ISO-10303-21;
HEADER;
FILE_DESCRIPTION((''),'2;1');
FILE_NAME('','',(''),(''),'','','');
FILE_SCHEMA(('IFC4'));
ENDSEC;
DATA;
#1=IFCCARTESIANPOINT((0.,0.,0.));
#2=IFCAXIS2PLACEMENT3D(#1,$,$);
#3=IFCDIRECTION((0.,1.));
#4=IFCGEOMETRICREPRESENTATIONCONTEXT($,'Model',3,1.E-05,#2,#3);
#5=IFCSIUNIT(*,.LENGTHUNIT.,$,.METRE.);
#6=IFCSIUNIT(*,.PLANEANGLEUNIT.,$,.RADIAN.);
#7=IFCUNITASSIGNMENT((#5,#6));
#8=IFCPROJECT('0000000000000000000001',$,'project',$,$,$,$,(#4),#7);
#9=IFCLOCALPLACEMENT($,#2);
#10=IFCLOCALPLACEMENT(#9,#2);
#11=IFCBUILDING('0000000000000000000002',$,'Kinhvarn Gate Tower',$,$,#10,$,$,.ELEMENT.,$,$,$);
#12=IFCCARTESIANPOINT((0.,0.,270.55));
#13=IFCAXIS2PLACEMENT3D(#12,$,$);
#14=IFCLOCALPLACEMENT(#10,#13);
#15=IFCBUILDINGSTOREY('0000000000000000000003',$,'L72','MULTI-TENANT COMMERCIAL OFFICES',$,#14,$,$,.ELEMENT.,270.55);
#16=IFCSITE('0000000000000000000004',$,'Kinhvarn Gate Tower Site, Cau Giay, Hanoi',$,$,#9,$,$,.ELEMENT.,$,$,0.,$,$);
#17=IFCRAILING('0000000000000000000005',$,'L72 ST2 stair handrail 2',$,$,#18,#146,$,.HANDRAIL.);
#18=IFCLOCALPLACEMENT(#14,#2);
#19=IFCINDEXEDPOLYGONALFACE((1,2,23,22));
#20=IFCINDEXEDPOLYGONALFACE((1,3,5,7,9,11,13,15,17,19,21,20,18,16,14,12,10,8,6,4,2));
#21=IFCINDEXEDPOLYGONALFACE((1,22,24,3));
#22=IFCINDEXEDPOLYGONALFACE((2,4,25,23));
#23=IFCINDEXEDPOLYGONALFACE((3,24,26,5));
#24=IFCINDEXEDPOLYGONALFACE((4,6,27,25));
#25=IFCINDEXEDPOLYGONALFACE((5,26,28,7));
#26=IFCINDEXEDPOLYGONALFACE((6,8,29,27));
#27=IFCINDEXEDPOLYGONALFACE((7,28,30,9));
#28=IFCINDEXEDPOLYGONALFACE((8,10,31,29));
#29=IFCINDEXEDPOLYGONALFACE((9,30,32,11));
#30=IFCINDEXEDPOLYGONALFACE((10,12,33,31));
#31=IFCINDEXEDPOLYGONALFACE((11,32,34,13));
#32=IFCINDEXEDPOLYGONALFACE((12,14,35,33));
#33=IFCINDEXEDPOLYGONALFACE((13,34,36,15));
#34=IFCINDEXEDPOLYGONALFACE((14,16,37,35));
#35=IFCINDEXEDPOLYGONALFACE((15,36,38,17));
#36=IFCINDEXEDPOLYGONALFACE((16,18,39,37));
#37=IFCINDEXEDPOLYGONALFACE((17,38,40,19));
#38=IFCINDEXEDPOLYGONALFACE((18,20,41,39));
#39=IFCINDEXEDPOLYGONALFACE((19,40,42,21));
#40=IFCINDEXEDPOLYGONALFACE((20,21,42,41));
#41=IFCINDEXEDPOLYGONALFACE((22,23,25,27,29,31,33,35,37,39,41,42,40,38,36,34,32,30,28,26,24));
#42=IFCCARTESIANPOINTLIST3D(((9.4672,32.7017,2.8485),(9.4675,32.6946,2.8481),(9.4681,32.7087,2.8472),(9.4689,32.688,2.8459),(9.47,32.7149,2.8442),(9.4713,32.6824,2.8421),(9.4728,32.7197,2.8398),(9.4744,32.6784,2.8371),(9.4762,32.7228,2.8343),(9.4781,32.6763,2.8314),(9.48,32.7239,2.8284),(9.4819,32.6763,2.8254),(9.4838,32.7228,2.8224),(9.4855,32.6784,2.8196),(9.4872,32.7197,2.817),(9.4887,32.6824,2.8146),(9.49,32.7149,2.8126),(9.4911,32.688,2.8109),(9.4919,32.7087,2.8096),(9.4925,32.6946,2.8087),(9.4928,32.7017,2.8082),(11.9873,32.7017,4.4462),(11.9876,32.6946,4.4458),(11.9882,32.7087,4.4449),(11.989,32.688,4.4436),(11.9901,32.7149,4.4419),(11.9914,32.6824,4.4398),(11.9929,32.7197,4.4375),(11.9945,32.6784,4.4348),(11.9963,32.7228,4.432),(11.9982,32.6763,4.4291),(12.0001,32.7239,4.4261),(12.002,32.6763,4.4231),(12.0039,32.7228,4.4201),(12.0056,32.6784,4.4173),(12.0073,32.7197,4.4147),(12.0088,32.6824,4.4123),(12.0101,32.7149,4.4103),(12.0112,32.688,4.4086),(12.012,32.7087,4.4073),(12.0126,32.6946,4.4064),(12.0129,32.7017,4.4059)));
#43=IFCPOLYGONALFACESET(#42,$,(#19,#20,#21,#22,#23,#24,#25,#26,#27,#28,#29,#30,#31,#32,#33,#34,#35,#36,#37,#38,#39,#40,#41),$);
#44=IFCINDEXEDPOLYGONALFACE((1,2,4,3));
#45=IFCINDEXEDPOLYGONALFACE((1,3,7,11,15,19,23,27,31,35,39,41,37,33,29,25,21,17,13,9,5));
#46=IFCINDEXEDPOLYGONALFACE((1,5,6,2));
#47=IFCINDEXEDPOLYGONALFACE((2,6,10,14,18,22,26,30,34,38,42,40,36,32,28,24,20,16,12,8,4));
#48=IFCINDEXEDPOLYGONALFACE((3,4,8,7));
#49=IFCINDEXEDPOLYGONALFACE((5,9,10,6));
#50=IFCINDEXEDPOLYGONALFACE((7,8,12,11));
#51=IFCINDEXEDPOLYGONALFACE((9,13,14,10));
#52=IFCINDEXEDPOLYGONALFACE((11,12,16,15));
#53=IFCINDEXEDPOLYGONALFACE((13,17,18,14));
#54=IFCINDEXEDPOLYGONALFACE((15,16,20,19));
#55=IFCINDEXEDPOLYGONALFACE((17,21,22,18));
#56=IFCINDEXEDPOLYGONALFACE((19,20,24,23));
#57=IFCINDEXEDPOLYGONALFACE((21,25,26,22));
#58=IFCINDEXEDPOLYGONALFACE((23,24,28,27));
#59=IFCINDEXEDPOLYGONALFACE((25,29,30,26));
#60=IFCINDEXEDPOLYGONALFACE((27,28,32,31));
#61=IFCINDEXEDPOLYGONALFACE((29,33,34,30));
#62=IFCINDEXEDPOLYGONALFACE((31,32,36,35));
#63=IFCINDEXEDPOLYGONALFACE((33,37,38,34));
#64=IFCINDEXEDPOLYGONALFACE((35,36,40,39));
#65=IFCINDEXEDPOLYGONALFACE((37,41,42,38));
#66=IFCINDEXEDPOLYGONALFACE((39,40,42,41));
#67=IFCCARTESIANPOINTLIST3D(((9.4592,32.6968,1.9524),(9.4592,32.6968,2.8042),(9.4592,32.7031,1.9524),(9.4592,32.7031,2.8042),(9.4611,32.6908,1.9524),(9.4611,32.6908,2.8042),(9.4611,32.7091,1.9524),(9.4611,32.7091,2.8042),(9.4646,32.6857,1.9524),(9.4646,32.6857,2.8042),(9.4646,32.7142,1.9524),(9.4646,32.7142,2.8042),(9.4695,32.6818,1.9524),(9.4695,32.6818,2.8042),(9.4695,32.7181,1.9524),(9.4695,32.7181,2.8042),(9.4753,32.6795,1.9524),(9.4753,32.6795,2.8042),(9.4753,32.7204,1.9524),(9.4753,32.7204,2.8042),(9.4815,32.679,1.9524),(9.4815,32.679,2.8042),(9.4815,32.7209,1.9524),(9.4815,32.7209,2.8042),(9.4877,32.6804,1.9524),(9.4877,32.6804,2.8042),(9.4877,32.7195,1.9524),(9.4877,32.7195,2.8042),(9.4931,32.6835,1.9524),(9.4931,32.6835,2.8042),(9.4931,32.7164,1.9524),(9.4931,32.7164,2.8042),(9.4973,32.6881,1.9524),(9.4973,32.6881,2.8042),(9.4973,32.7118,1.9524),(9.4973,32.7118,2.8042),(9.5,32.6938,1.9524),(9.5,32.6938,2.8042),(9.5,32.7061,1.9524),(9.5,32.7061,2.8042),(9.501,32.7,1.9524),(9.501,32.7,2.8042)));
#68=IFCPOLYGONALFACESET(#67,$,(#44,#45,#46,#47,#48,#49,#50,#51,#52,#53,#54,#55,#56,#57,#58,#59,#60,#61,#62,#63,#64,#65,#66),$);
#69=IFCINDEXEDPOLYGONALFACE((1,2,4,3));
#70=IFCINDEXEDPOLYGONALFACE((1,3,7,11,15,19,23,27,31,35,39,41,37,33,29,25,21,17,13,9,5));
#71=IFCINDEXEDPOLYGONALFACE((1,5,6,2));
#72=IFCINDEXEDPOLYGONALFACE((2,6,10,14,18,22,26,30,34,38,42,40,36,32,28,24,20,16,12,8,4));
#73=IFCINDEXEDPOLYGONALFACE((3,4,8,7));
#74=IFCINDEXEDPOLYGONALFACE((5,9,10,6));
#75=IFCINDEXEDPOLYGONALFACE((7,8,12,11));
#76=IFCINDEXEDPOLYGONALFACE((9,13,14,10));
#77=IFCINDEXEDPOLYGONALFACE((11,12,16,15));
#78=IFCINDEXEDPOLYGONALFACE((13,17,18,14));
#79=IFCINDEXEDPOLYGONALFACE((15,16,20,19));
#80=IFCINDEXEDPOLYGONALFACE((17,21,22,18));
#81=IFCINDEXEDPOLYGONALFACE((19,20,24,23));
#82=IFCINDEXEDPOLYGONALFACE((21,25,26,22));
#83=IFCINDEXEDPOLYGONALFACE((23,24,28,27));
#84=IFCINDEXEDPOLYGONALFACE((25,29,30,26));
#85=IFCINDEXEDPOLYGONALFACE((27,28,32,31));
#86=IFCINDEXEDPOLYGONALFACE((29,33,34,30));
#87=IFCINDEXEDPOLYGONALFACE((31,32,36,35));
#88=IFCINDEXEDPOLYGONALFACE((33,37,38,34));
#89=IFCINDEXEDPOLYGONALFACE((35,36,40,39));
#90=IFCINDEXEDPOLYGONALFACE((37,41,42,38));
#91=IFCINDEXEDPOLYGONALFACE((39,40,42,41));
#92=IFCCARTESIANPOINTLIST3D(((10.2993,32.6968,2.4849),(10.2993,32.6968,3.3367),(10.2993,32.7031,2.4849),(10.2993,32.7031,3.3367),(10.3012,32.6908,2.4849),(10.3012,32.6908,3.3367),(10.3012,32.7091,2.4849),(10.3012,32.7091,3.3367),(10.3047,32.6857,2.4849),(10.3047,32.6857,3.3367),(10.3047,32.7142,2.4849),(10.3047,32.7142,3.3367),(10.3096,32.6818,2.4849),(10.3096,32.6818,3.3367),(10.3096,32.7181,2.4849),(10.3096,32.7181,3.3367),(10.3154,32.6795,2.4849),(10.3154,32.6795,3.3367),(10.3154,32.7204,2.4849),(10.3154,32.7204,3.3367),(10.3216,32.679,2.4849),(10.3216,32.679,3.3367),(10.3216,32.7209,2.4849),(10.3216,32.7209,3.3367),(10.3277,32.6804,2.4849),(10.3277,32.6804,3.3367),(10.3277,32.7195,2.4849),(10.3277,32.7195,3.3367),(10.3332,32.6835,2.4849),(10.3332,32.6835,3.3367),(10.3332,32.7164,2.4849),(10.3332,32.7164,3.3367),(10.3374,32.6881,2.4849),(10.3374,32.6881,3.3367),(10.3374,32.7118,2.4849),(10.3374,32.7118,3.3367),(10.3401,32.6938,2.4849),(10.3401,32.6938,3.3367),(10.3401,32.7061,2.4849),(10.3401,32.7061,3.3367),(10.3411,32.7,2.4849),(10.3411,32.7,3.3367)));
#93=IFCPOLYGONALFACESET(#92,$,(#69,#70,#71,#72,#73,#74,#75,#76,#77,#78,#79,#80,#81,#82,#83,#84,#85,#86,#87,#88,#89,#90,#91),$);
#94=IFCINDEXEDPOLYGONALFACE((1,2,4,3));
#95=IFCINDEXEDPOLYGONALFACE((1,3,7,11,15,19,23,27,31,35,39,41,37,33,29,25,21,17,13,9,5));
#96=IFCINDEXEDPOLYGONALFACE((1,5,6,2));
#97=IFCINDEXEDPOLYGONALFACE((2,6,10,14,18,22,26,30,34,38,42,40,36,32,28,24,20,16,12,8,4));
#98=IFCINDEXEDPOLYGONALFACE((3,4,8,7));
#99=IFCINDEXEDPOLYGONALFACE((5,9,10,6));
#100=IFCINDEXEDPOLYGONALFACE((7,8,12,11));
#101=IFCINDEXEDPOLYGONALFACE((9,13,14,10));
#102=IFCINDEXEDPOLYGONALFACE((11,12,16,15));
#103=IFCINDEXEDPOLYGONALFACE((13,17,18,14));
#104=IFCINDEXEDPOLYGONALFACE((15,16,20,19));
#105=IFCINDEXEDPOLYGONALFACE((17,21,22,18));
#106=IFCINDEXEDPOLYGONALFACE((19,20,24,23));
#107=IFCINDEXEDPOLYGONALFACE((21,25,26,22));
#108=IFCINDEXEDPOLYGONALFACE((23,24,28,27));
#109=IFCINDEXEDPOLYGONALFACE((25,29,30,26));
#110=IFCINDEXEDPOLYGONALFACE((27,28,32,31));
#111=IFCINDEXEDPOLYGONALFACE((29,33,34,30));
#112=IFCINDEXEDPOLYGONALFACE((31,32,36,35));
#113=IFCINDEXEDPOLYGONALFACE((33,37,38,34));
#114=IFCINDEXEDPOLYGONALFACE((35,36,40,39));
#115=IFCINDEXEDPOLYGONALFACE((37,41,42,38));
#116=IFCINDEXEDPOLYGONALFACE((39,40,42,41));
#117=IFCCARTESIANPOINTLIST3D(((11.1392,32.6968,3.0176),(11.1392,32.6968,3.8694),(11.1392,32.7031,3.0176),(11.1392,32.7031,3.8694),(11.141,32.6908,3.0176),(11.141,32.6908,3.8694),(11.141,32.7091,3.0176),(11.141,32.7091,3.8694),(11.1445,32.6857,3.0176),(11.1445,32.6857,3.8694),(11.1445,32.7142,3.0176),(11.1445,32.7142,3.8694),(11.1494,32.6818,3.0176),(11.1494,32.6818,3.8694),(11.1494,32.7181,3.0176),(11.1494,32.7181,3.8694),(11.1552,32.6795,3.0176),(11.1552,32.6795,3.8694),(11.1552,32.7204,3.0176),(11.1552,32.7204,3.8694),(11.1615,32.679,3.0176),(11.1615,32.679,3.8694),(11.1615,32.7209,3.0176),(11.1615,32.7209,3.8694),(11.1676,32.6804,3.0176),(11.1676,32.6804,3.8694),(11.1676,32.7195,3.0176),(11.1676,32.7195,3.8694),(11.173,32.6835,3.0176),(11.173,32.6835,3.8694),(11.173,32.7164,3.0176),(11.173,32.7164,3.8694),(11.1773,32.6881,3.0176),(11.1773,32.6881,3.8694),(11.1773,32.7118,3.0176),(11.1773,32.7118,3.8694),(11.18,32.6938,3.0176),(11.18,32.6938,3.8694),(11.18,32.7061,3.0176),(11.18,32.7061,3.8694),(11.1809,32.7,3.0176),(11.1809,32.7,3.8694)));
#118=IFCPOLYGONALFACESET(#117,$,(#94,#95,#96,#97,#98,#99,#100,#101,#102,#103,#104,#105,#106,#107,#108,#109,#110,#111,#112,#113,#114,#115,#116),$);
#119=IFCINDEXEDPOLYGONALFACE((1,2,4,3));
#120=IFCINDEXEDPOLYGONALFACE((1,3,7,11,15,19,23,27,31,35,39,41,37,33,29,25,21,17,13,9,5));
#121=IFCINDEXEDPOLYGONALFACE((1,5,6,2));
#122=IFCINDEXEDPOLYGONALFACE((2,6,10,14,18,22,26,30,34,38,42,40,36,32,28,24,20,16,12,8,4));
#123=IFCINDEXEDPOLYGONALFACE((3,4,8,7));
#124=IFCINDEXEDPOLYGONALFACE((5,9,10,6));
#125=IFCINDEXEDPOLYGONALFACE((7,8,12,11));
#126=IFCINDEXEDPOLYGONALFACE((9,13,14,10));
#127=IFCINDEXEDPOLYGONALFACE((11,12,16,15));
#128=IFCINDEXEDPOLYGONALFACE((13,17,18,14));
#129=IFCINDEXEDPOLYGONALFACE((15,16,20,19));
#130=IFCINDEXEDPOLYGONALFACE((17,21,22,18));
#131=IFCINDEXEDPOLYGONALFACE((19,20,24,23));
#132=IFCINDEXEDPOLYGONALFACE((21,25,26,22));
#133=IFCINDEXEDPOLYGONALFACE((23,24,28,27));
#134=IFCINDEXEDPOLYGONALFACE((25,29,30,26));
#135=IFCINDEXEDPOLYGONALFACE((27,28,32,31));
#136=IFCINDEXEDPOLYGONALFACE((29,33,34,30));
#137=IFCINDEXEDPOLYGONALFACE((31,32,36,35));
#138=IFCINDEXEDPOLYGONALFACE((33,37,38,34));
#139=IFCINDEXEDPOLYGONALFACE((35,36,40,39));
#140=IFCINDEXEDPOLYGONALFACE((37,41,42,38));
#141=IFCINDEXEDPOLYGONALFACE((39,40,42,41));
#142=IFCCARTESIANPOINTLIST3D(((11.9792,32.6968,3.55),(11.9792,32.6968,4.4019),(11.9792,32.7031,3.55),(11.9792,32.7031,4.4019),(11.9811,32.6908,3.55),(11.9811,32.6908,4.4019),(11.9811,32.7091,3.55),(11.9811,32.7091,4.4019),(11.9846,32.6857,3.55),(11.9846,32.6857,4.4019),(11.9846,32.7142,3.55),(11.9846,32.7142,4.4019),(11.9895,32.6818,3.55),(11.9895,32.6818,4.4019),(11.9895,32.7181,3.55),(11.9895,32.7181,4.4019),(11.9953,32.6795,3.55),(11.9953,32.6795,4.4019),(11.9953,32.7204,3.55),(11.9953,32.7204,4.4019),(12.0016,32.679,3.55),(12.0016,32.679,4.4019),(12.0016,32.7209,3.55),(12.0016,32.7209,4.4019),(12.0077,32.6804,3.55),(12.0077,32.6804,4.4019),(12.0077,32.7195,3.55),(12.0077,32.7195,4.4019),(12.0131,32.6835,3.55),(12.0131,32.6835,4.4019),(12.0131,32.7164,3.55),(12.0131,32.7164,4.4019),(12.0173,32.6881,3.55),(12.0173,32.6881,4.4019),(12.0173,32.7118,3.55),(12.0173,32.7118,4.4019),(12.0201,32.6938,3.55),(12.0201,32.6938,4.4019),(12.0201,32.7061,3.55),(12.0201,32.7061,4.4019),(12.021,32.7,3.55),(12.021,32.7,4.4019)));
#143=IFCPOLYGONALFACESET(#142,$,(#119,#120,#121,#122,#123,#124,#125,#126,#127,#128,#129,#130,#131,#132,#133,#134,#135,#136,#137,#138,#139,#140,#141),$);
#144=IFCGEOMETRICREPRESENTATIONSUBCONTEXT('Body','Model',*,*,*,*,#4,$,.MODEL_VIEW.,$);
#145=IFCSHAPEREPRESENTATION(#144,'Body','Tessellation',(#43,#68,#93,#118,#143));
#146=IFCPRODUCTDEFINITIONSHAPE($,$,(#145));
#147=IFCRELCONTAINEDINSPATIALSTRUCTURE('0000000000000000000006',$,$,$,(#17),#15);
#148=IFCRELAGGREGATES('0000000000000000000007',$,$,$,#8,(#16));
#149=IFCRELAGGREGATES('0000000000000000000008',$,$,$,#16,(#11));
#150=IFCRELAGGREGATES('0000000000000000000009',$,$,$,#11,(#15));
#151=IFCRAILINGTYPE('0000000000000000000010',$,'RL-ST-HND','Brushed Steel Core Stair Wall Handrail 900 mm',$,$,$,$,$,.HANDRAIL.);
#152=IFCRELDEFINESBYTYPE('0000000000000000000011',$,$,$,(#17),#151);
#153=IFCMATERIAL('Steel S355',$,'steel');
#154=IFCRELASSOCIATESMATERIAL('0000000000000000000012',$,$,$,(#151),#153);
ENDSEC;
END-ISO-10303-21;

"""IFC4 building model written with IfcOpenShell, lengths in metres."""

from ifc_helpers import new_model, si_unit, direction, frame, origin, origin_2d, place, context, subcontext, project, spatial, circle, extrude, material, type_object, element, save


model = new_model("IFC4")

# Units and contexts
model_context = context("Model", 3, precision=1e-05, world=origin(), true_north=direction((0.0, 1.0)))
body_context = subcontext(model_context, "Body", "Model", "MODEL_VIEW")
ifc_project = project(units=[si_unit("LENGTHUNIT", "METRE"), si_unit("PLANEANGLEUNIT", "RADIAN")], contexts=[model_context])

# Site, building, storey
site_placement = place(None, origin())
site = spatial("IfcSite", under=ifc_project, at=site_placement, Name="Kinhvarn Gate Tower Site, Cau Giay, Hanoi", CompositionType="ELEMENT", RefElevation=0.0)
building_placement = place(site_placement, origin())
building = spatial("IfcBuilding", under=site, at=building_placement, Name="Kinhvarn Gate Tower", CompositionType="ELEMENT")
storey_placement = place(building_placement, frame((0.0, 0.0, 270.55)))
storey = spatial("IfcBuildingStorey", under=building, at=storey_placement, Name="L72", Description="MULTI-TENANT COMMERCIAL OFFICES", CompositionType="ELEMENT", Elevation=270.55)

# Railing
ifc_material_1 = material(Name="Steel S355", Category="steel")
railing_type_1 = type_object("IfcRailingType", Name="RL-ST-HND", Description="Brushed Steel Core Stair Wall Handrail 900 mm", PredefinedType="HANDRAIL", material=ifc_material_1)
railing_1_placement = place(storey_placement, frame((9.48, 32.7, 1.9524)))
element("IfcRailing", 1, at=railing_1_placement, inside=storey, type_object=railing_type_1, Name="L72 ST2 stair handrail 2", PredefinedType="HANDRAIL", context=body_context, shape_type="SweptSolid", body=[
    extrude(circle(Radius=0.0239, at=origin_2d()), frame((0.0, 0.0, 0.876), z_axis=(0.84457, 0.0, 0.535445), x_axis=(0.0, 1.0, 0.0)), (0.0, 0.0, 1.0), 2.9839),
    extrude(circle(Radius=0.021, at=origin_2d()), origin(), (0.0, 0.0, 1.0), 0.8518),
    extrude(circle(Radius=0.021, at=origin_2d()), frame((0.8401, 0.0, 0.5325)), (0.0, 0.0, 1.0), 0.8518),
    extrude(circle(Radius=0.021, at=origin_2d()), frame((1.6799, 0.0, 1.0652)), (0.0, 0.0, 1.0), 0.8518),
    extrude(circle(Radius=0.021, at=origin_2d()), frame((2.52, 0.0, 1.5977)), (0.0, 0.0, 1.0), 0.8518),
])

save(model, "model.ifc")
